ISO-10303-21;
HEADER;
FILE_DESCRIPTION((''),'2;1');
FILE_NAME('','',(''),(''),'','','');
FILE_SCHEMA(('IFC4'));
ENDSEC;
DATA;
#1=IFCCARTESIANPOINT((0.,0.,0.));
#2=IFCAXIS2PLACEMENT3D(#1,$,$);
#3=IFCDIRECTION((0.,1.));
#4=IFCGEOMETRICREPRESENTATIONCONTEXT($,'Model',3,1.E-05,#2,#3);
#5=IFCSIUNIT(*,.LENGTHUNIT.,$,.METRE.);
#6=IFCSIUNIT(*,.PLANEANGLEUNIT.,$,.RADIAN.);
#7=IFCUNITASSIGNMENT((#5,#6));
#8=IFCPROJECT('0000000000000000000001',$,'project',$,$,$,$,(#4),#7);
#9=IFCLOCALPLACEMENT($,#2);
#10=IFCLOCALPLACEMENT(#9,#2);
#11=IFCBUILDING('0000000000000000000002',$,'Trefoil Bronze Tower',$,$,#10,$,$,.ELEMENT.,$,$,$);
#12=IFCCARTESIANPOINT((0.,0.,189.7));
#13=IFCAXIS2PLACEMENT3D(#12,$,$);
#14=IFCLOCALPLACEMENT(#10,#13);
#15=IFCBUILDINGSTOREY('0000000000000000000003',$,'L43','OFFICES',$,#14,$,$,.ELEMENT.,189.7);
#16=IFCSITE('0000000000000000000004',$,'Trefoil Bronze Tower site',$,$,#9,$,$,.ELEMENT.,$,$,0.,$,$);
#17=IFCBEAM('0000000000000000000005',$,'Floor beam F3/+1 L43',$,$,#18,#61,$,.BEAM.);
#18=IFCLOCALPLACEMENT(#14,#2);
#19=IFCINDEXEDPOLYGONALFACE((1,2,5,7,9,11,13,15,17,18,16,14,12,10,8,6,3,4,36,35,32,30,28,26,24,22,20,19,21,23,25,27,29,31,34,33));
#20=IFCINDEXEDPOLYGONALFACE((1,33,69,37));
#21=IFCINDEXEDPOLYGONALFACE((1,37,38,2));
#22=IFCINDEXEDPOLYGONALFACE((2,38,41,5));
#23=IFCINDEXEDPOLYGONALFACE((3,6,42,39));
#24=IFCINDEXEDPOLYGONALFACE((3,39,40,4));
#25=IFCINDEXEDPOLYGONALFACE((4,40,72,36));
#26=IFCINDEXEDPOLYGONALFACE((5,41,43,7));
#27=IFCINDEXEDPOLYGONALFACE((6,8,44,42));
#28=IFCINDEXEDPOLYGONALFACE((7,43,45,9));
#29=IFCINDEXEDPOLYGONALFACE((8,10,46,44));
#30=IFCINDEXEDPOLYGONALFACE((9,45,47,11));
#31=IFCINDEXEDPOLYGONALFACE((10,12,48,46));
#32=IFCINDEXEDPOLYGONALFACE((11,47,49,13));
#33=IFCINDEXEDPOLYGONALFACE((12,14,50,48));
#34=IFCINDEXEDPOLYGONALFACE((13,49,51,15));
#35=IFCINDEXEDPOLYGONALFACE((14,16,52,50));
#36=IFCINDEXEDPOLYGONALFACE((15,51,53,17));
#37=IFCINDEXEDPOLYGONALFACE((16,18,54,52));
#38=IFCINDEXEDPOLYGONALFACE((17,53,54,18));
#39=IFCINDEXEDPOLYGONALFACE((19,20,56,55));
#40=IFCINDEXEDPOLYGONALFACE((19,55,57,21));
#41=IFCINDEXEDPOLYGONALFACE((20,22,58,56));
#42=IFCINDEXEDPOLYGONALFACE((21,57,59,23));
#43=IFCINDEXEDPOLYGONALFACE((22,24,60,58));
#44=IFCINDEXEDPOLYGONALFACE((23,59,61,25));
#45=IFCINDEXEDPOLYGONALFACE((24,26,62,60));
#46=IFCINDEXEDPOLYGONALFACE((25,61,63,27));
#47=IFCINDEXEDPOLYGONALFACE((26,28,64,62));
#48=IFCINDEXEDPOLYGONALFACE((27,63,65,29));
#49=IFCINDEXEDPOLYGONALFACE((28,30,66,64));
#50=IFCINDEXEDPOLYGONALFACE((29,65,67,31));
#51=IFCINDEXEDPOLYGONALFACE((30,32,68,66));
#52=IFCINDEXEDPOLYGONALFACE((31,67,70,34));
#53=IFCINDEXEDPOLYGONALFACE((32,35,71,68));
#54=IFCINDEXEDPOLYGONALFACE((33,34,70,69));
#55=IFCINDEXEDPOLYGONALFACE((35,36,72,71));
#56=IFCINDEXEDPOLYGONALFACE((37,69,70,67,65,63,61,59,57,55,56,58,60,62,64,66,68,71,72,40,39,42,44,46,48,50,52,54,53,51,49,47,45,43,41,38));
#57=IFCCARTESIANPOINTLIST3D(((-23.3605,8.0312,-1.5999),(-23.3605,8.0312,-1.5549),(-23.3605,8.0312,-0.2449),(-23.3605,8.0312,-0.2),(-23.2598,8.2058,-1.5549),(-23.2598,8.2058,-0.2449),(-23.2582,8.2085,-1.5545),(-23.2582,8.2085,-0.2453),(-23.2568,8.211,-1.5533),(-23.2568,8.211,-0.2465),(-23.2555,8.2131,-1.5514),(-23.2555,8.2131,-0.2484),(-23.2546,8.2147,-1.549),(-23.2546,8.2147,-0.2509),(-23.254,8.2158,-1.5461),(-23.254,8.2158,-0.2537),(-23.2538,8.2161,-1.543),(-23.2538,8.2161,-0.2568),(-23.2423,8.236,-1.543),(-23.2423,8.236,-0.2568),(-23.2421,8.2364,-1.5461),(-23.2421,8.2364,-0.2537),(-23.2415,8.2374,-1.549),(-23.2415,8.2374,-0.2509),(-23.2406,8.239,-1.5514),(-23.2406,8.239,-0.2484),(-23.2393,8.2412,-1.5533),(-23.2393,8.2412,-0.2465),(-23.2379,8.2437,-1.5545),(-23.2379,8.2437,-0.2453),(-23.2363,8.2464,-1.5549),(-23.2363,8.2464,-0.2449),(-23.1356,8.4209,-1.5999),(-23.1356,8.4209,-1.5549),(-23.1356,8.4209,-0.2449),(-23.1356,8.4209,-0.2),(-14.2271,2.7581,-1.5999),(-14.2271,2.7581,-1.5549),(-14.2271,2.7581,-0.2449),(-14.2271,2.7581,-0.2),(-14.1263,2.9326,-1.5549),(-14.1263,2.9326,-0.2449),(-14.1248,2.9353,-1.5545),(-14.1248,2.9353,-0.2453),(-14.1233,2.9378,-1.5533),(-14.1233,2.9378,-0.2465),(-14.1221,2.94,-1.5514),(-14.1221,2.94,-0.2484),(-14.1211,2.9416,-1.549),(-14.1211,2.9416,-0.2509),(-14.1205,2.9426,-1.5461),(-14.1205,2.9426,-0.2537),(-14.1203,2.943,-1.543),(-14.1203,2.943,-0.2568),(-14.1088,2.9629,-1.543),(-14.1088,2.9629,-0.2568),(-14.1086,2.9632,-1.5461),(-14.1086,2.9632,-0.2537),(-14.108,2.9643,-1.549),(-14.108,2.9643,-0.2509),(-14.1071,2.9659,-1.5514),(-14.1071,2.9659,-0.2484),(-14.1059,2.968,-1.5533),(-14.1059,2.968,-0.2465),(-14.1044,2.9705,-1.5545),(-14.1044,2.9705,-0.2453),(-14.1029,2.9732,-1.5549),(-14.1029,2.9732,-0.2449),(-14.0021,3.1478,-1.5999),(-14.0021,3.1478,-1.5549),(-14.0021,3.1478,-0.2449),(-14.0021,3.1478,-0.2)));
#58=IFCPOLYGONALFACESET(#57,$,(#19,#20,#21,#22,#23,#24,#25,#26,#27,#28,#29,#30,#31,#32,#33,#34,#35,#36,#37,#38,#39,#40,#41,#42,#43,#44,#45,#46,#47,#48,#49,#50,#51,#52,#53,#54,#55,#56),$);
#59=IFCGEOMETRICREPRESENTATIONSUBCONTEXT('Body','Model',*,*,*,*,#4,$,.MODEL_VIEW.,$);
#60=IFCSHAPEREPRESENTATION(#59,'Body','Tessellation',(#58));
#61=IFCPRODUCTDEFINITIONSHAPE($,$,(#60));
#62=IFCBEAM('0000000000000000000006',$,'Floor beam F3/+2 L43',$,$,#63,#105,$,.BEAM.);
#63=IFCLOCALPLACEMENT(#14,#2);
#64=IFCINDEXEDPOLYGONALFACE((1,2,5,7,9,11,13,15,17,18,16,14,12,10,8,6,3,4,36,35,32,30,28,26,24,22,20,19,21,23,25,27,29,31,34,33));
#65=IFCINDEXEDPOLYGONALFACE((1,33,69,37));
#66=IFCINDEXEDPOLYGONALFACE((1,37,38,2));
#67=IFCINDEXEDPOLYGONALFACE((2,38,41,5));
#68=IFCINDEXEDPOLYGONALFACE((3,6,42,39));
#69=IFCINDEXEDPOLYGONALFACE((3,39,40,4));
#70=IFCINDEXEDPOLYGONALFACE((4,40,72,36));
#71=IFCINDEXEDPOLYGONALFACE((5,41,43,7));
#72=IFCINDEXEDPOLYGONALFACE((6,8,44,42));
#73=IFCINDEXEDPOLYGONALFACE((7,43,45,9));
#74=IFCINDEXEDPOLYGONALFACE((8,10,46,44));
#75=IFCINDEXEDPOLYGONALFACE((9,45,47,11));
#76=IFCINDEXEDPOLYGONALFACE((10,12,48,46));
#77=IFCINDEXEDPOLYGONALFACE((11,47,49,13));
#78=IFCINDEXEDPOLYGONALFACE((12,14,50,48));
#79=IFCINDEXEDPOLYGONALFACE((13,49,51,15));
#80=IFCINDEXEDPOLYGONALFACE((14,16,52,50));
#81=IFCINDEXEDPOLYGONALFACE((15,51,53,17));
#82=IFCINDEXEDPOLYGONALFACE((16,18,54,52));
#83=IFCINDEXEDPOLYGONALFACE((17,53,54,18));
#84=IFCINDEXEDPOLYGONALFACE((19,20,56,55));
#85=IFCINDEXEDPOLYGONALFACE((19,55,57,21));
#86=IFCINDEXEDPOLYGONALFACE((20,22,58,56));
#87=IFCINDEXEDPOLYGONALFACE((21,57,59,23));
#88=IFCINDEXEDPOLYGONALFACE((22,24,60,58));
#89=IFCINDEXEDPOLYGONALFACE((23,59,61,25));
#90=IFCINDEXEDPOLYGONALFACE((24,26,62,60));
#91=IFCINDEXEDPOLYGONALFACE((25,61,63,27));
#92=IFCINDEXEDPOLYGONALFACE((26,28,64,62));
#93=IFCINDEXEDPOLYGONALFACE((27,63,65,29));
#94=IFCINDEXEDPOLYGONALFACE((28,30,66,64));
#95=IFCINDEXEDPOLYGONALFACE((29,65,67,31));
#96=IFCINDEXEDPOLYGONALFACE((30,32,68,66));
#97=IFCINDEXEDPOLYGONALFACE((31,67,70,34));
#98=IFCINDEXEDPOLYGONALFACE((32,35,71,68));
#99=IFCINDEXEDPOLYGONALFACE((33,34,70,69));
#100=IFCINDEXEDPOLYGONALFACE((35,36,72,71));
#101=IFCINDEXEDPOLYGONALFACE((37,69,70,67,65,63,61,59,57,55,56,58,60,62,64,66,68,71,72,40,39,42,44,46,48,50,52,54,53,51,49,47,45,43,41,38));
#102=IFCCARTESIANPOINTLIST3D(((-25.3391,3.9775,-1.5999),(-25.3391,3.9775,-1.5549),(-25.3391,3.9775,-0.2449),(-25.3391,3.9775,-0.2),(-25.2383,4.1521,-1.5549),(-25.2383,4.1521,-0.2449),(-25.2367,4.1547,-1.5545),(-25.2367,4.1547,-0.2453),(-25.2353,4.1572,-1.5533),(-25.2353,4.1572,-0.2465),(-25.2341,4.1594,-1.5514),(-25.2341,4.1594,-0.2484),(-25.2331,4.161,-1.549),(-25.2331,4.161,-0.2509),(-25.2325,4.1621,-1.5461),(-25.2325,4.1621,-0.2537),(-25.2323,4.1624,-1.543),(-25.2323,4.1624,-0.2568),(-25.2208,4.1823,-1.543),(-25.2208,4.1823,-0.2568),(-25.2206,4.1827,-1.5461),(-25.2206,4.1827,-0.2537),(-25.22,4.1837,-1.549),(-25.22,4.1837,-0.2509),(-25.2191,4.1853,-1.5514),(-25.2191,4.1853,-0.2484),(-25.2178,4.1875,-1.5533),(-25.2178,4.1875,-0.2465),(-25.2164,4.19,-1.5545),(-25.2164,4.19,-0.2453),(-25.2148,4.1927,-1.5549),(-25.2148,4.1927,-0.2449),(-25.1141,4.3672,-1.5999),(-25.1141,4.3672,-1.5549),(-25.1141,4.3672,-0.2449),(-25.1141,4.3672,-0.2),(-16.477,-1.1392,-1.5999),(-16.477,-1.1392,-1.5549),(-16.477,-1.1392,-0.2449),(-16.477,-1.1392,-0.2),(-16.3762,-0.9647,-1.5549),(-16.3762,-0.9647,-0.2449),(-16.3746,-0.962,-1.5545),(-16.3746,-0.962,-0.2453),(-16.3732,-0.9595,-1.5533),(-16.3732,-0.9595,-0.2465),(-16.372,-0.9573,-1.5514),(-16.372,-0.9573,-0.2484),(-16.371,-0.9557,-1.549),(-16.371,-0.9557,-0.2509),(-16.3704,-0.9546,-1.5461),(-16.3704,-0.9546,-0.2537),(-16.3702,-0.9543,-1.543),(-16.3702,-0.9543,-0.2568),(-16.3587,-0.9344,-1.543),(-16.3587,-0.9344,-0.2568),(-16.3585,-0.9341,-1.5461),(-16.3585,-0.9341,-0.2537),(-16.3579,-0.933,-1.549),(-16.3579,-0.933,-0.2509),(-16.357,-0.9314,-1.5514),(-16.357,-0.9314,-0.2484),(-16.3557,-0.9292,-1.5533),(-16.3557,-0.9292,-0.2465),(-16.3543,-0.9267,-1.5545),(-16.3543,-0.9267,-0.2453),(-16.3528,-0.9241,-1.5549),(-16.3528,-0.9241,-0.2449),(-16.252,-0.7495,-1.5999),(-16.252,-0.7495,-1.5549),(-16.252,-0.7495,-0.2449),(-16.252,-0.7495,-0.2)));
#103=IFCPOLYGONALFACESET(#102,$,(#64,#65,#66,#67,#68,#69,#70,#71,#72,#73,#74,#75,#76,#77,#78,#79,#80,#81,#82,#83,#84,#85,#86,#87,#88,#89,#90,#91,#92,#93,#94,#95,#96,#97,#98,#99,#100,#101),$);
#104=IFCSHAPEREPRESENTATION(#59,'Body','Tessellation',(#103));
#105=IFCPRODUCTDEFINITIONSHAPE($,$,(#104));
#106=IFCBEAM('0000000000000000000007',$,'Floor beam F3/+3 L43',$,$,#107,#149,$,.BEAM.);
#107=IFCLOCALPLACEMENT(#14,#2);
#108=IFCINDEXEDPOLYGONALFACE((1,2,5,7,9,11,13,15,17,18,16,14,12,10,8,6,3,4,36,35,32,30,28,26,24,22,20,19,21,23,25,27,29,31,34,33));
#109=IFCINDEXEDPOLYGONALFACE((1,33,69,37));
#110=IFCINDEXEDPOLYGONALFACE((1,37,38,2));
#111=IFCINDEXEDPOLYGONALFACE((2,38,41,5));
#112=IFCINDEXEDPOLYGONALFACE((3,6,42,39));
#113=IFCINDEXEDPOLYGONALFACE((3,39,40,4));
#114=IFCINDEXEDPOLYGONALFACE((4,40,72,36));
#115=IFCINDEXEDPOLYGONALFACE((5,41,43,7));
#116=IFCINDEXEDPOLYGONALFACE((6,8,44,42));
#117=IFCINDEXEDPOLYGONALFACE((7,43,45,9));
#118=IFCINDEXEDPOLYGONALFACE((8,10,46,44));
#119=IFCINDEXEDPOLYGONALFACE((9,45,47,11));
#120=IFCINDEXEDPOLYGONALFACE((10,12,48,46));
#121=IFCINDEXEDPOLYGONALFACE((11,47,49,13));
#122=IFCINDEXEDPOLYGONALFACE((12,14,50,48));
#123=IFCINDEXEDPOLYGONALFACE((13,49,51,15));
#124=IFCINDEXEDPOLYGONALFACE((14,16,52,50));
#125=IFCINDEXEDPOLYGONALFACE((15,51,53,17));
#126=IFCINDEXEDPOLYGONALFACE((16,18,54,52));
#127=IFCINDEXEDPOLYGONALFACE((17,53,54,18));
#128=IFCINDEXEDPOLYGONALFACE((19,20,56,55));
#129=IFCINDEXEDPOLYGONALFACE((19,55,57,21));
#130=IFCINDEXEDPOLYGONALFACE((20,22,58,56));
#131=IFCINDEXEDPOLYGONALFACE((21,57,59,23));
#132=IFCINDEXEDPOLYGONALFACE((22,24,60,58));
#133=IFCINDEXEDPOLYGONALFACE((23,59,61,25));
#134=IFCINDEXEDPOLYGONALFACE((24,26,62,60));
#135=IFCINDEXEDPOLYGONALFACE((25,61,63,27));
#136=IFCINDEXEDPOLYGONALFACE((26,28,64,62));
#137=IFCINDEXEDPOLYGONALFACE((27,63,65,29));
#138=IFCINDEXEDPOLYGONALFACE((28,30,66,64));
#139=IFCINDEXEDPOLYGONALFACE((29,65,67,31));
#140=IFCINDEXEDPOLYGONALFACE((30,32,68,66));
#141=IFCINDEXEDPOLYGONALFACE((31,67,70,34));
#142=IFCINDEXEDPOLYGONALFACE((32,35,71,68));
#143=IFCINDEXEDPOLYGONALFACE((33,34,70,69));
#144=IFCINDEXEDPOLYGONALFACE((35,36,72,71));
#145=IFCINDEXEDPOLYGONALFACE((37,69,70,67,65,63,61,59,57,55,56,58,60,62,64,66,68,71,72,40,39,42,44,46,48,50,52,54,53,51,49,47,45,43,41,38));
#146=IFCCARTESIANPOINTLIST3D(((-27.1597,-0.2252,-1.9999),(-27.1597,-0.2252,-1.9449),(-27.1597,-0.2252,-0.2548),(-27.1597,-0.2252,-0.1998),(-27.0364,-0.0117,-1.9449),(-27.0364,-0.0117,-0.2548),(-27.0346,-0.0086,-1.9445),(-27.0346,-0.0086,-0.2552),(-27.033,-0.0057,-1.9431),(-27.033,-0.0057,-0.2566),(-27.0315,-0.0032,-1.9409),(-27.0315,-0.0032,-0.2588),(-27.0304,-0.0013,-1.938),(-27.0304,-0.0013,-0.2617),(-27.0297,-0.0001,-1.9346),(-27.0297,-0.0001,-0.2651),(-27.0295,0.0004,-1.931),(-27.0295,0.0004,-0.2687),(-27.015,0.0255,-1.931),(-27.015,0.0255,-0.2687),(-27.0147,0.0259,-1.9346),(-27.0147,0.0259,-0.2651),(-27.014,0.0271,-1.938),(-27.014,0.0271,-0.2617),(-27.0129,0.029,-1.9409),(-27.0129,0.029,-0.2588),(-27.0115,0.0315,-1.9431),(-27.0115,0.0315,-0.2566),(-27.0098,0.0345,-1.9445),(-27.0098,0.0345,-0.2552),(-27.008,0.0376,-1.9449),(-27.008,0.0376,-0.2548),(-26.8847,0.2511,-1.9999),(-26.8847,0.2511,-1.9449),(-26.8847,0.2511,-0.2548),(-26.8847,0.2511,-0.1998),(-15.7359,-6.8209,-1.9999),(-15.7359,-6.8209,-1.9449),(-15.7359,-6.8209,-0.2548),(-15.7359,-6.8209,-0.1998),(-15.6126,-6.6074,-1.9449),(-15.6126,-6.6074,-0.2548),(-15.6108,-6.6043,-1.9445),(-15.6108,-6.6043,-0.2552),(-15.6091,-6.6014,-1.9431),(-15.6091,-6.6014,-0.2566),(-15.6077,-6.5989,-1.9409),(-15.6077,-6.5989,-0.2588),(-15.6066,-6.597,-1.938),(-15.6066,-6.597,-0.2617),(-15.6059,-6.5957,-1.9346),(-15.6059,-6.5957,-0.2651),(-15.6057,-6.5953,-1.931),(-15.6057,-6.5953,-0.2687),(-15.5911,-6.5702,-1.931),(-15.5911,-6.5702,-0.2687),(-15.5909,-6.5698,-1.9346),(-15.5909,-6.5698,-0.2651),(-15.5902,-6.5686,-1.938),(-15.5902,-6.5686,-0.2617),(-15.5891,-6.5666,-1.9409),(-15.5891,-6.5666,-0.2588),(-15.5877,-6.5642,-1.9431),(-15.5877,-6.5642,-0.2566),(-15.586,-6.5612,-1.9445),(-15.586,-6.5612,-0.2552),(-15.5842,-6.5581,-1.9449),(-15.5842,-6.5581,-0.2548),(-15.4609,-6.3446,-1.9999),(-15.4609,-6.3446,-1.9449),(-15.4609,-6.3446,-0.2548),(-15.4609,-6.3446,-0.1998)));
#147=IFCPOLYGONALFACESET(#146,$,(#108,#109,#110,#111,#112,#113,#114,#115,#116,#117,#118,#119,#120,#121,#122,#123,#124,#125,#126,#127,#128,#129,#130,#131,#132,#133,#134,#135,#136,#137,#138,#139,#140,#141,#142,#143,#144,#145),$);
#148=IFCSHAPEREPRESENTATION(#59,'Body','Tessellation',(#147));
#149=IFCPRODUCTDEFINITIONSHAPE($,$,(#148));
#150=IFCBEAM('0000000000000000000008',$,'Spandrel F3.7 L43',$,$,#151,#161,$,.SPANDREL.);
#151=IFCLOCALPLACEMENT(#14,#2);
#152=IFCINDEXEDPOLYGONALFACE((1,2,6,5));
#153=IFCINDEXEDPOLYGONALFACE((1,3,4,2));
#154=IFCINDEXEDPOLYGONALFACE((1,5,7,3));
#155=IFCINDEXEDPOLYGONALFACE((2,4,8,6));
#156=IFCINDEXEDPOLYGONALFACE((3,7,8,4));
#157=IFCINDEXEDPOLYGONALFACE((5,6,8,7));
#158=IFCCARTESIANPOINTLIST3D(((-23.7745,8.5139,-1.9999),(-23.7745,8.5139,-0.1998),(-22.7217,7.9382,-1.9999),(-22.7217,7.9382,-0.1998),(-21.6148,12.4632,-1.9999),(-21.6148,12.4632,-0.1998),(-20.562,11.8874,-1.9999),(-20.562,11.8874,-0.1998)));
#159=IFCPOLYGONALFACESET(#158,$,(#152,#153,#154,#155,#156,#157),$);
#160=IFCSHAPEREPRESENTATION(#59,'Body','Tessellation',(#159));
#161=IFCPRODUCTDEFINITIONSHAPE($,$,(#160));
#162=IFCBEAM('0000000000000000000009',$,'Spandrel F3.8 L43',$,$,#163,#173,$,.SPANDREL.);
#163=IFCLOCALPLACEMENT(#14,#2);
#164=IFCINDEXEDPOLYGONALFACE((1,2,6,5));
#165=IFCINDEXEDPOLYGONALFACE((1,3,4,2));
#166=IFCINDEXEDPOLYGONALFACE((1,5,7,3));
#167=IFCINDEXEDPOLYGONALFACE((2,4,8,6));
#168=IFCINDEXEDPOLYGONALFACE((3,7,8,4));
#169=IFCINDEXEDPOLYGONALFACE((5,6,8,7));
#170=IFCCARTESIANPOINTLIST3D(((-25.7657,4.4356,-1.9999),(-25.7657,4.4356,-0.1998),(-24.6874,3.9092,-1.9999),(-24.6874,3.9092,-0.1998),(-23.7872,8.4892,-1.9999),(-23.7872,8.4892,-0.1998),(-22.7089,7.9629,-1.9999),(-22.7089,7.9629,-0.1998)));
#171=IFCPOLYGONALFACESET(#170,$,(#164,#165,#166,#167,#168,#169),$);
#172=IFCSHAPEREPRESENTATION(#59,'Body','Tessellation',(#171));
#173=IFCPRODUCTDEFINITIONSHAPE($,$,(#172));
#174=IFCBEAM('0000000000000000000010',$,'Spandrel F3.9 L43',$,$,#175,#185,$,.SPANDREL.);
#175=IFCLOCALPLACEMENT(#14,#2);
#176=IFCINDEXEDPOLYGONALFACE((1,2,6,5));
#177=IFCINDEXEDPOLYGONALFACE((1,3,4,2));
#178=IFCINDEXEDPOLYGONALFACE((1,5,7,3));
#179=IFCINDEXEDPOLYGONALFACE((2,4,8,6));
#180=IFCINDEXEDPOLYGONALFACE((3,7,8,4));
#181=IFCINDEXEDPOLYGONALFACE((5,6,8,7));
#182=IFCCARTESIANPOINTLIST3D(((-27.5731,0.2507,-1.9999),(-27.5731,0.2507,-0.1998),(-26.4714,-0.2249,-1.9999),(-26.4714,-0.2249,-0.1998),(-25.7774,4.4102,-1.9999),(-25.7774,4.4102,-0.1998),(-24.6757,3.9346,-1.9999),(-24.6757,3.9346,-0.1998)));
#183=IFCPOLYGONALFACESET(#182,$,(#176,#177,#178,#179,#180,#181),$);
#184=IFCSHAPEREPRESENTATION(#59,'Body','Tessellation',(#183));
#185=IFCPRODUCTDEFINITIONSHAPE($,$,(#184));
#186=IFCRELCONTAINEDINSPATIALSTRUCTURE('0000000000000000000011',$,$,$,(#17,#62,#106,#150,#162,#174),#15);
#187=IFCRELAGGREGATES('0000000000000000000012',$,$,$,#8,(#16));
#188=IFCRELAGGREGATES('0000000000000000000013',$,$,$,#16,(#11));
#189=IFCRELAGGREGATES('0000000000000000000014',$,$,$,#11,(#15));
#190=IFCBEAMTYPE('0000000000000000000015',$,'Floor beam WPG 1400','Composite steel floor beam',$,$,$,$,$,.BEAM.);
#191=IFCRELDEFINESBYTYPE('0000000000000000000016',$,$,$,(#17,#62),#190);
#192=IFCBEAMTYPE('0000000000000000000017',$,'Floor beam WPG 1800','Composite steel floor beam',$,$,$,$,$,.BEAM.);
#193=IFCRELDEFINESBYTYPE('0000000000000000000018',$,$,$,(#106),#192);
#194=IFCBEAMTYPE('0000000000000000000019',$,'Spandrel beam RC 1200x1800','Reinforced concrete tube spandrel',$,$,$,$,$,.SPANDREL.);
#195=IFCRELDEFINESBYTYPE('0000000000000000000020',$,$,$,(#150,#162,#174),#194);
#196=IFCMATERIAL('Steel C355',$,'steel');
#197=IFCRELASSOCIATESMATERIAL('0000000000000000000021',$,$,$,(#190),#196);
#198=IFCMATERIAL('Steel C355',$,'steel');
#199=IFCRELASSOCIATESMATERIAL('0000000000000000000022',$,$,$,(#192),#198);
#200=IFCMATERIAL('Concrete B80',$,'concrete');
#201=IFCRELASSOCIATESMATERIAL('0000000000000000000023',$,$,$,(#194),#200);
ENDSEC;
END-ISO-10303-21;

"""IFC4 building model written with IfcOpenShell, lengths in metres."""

from ifc_helpers import new_model, si_unit, direction, frame, origin, origin_2d, place, context, subcontext, project, spatial, rectangle, i_section, extrude, material, material_profile, profile_set, type_object, element, save


model = new_model("IFC4")

# Units and contexts
model_context = context("Model", 3, precision=1e-05, world=origin(), true_north=direction((0.0, 1.0)))
body_context = subcontext(model_context, "Body", "Model", "MODEL_VIEW")
ifc_project = project(units=[si_unit("LENGTHUNIT", "METRE"), si_unit("PLANEANGLEUNIT", "RADIAN")], contexts=[model_context])

# Site, building, storey
site_placement = place(None, origin())
site = spatial("IfcSite", under=ifc_project, at=site_placement, Name="Trefoil Bronze Tower site", CompositionType="ELEMENT", RefElevation=0.0)
building_placement = place(site_placement, origin())
building = spatial("IfcBuilding", under=site, at=building_placement, Name="Trefoil Bronze Tower", CompositionType="ELEMENT")
storey_placement = place(building_placement, frame((0.0, 0.0, 189.7)))
storey = spatial("IfcBuildingStorey", under=building, at=storey_placement, Name="L43", Description="OFFICES", CompositionType="ELEMENT", Elevation=189.7)

# Beams
ifc_material_1 = material(Name="Steel C355", Category="steel")
ifc_material_profile_1 = material_profile(ifc_material_1, i_section(OverallWidth=0.45, OverallDepth=1.3999, WebThickness=0.0229, FlangeThickness=0.0449, FilletRadius=0.012, at=origin_2d()), Name="WPG 1400")
ifc_profile_set_1 = profile_set([ifc_material_profile_1], Name="Steel C355")
beam_type_1 = type_object("IfcBeamType", Name="Floor beam WPG 1400", Description="Composite steel floor beam", PredefinedType="BEAM", material=ifc_profile_set_1)
beam_1_placement = place(storey_placement, frame((-23.248, 8.2261, -0.8999), z_axis=(0.866028, -0.499996, 0.0), x_axis=(0.499996, 0.866028, 0.0)))
element("IfcBeam", 1, at=beam_1_placement, inside=storey, type_object=beam_type_1, Name="Floor beam F3/+1 L43", PredefinedType="BEAM", context=body_context, shape_type="SweptSolid", body=[
    extrude(i_section(OverallWidth=0.45, OverallDepth=1.3999, WebThickness=0.0229, FlangeThickness=0.0449, FilletRadius=0.012, at=origin_2d()), origin(), (0.0, 0.0, 1.0), 10.5464),
])
beam_2_placement = place(storey_placement, frame((-25.2266, 4.1724, -0.8999), z_axis=(0.866018, -0.500014, 0.0), x_axis=(0.500014, 0.866018, 0.0)))
element("IfcBeam", 2, at=beam_2_placement, inside=storey, type_object=beam_type_1, Name="Floor beam F3/+2 L43", PredefinedType="BEAM", context=body_context, shape_type="SweptSolid", body=[
    extrude(i_section(OverallWidth=0.45, OverallDepth=1.3999, WebThickness=0.0229, FlangeThickness=0.0449, FilletRadius=0.012, at=origin_2d()), origin(), (0.0, 0.0, 1.0), 10.2332),
])
ifc_material_2 = material(Name="Steel C355", Category="steel")
ifc_material_profile_2 = material_profile(ifc_material_2, i_section(OverallWidth=0.55, OverallDepth=1.8, WebThickness=0.0291, FlangeThickness=0.0549, FilletRadius=0.0139, at=origin_2d()), Name="WPG 1800")
ifc_profile_set_2 = profile_set([ifc_material_profile_2], Name="Steel C355")
beam_type_2 = type_object("IfcBeamType", Name="Floor beam WPG 1800", Description="Composite steel floor beam", PredefinedType="BEAM", material=ifc_profile_set_2)
beam_3_placement = place(storey_placement, frame((-27.0222, 0.0129, -1.0999), z_axis=(0.86602, -0.500009, 0.0), x_axis=(0.500009, 0.86602, 0.0)))
element("IfcBeam", 3, at=beam_3_placement, inside=storey, type_object=beam_type_2, Name="Floor beam F3/+3 L43", PredefinedType="BEAM", context=body_context, shape_type="SweptSolid", body=[
    extrude(i_section(OverallWidth=0.55, OverallDepth=1.8, WebThickness=0.0291, FlangeThickness=0.0549, FilletRadius=0.0139, at=origin_2d()), origin(), (0.0, 0.0, 1.0), 13.1912),
])
ifc_material_3 = material(Name="Concrete B80", Category="concrete")
ifc_material_profile_3 = material_profile(ifc_material_3, rectangle(XDim=1.2, YDim=1.8, at=origin_2d()), Name="RC 1200x1800")
ifc_profile_set_3 = profile_set([ifc_material_profile_3], Name="Concrete B80")
beam_type_3 = type_object("IfcBeamType", Name="Spandrel beam RC 1200x1800", Description="Reinforced concrete tube spandrel", PredefinedType="SPANDREL", material=ifc_profile_set_3)
beam_4_placement = place(storey_placement, frame((-21.0884, 12.1753, -1.0999), z_axis=(-0.479802, -0.877377, 0.0), x_axis=(0.877377, -0.479802, 0.0)))
element("IfcBeam", 4, at=beam_4_placement, inside=storey, type_object=beam_type_3, Name="Spandrel F3.7 L43", PredefinedType="SPANDREL", context=body_context, shape_type="SweptSolid", body=[
    extrude(rectangle(XDim=1.2, YDim=1.8, at=origin_2d()), origin(), (0.0, 0.0, 1.0), 4.5012),
])
beam_5_placement = place(storey_placement, frame((-23.248, 8.2261, -1.0999), z_axis=(-0.43862, -0.898673, 0.0), x_axis=(0.898673, -0.43862, 0.0)))
element("IfcBeam", 5, at=beam_5_placement, inside=storey, type_object=beam_type_3, Name="Spandrel F3.8 L43", PredefinedType="SPANDREL", context=body_context, shape_type="SweptSolid", body=[
    extrude(rectangle(XDim=1.2, YDim=1.8, at=origin_2d()), origin(), (0.0, 0.0, 1.0), 4.5107),
])
beam_6_placement = place(storey_placement, frame((-25.2266, 4.1724, -1.0999), z_axis=(-0.39635, -0.918099, 0.0), x_axis=(0.918099, -0.39635, 0.0)))
element("IfcBeam", 6, at=beam_6_placement, inside=storey, type_object=beam_type_3, Name="Spandrel F3.9 L43", PredefinedType="SPANDREL", context=body_context, shape_type="SweptSolid", body=[
    extrude(rectangle(XDim=1.2, YDim=1.8, at=origin_2d()), origin(), (0.0, 0.0, 1.0), 4.5305),
])

save(model, "model.ifc")
